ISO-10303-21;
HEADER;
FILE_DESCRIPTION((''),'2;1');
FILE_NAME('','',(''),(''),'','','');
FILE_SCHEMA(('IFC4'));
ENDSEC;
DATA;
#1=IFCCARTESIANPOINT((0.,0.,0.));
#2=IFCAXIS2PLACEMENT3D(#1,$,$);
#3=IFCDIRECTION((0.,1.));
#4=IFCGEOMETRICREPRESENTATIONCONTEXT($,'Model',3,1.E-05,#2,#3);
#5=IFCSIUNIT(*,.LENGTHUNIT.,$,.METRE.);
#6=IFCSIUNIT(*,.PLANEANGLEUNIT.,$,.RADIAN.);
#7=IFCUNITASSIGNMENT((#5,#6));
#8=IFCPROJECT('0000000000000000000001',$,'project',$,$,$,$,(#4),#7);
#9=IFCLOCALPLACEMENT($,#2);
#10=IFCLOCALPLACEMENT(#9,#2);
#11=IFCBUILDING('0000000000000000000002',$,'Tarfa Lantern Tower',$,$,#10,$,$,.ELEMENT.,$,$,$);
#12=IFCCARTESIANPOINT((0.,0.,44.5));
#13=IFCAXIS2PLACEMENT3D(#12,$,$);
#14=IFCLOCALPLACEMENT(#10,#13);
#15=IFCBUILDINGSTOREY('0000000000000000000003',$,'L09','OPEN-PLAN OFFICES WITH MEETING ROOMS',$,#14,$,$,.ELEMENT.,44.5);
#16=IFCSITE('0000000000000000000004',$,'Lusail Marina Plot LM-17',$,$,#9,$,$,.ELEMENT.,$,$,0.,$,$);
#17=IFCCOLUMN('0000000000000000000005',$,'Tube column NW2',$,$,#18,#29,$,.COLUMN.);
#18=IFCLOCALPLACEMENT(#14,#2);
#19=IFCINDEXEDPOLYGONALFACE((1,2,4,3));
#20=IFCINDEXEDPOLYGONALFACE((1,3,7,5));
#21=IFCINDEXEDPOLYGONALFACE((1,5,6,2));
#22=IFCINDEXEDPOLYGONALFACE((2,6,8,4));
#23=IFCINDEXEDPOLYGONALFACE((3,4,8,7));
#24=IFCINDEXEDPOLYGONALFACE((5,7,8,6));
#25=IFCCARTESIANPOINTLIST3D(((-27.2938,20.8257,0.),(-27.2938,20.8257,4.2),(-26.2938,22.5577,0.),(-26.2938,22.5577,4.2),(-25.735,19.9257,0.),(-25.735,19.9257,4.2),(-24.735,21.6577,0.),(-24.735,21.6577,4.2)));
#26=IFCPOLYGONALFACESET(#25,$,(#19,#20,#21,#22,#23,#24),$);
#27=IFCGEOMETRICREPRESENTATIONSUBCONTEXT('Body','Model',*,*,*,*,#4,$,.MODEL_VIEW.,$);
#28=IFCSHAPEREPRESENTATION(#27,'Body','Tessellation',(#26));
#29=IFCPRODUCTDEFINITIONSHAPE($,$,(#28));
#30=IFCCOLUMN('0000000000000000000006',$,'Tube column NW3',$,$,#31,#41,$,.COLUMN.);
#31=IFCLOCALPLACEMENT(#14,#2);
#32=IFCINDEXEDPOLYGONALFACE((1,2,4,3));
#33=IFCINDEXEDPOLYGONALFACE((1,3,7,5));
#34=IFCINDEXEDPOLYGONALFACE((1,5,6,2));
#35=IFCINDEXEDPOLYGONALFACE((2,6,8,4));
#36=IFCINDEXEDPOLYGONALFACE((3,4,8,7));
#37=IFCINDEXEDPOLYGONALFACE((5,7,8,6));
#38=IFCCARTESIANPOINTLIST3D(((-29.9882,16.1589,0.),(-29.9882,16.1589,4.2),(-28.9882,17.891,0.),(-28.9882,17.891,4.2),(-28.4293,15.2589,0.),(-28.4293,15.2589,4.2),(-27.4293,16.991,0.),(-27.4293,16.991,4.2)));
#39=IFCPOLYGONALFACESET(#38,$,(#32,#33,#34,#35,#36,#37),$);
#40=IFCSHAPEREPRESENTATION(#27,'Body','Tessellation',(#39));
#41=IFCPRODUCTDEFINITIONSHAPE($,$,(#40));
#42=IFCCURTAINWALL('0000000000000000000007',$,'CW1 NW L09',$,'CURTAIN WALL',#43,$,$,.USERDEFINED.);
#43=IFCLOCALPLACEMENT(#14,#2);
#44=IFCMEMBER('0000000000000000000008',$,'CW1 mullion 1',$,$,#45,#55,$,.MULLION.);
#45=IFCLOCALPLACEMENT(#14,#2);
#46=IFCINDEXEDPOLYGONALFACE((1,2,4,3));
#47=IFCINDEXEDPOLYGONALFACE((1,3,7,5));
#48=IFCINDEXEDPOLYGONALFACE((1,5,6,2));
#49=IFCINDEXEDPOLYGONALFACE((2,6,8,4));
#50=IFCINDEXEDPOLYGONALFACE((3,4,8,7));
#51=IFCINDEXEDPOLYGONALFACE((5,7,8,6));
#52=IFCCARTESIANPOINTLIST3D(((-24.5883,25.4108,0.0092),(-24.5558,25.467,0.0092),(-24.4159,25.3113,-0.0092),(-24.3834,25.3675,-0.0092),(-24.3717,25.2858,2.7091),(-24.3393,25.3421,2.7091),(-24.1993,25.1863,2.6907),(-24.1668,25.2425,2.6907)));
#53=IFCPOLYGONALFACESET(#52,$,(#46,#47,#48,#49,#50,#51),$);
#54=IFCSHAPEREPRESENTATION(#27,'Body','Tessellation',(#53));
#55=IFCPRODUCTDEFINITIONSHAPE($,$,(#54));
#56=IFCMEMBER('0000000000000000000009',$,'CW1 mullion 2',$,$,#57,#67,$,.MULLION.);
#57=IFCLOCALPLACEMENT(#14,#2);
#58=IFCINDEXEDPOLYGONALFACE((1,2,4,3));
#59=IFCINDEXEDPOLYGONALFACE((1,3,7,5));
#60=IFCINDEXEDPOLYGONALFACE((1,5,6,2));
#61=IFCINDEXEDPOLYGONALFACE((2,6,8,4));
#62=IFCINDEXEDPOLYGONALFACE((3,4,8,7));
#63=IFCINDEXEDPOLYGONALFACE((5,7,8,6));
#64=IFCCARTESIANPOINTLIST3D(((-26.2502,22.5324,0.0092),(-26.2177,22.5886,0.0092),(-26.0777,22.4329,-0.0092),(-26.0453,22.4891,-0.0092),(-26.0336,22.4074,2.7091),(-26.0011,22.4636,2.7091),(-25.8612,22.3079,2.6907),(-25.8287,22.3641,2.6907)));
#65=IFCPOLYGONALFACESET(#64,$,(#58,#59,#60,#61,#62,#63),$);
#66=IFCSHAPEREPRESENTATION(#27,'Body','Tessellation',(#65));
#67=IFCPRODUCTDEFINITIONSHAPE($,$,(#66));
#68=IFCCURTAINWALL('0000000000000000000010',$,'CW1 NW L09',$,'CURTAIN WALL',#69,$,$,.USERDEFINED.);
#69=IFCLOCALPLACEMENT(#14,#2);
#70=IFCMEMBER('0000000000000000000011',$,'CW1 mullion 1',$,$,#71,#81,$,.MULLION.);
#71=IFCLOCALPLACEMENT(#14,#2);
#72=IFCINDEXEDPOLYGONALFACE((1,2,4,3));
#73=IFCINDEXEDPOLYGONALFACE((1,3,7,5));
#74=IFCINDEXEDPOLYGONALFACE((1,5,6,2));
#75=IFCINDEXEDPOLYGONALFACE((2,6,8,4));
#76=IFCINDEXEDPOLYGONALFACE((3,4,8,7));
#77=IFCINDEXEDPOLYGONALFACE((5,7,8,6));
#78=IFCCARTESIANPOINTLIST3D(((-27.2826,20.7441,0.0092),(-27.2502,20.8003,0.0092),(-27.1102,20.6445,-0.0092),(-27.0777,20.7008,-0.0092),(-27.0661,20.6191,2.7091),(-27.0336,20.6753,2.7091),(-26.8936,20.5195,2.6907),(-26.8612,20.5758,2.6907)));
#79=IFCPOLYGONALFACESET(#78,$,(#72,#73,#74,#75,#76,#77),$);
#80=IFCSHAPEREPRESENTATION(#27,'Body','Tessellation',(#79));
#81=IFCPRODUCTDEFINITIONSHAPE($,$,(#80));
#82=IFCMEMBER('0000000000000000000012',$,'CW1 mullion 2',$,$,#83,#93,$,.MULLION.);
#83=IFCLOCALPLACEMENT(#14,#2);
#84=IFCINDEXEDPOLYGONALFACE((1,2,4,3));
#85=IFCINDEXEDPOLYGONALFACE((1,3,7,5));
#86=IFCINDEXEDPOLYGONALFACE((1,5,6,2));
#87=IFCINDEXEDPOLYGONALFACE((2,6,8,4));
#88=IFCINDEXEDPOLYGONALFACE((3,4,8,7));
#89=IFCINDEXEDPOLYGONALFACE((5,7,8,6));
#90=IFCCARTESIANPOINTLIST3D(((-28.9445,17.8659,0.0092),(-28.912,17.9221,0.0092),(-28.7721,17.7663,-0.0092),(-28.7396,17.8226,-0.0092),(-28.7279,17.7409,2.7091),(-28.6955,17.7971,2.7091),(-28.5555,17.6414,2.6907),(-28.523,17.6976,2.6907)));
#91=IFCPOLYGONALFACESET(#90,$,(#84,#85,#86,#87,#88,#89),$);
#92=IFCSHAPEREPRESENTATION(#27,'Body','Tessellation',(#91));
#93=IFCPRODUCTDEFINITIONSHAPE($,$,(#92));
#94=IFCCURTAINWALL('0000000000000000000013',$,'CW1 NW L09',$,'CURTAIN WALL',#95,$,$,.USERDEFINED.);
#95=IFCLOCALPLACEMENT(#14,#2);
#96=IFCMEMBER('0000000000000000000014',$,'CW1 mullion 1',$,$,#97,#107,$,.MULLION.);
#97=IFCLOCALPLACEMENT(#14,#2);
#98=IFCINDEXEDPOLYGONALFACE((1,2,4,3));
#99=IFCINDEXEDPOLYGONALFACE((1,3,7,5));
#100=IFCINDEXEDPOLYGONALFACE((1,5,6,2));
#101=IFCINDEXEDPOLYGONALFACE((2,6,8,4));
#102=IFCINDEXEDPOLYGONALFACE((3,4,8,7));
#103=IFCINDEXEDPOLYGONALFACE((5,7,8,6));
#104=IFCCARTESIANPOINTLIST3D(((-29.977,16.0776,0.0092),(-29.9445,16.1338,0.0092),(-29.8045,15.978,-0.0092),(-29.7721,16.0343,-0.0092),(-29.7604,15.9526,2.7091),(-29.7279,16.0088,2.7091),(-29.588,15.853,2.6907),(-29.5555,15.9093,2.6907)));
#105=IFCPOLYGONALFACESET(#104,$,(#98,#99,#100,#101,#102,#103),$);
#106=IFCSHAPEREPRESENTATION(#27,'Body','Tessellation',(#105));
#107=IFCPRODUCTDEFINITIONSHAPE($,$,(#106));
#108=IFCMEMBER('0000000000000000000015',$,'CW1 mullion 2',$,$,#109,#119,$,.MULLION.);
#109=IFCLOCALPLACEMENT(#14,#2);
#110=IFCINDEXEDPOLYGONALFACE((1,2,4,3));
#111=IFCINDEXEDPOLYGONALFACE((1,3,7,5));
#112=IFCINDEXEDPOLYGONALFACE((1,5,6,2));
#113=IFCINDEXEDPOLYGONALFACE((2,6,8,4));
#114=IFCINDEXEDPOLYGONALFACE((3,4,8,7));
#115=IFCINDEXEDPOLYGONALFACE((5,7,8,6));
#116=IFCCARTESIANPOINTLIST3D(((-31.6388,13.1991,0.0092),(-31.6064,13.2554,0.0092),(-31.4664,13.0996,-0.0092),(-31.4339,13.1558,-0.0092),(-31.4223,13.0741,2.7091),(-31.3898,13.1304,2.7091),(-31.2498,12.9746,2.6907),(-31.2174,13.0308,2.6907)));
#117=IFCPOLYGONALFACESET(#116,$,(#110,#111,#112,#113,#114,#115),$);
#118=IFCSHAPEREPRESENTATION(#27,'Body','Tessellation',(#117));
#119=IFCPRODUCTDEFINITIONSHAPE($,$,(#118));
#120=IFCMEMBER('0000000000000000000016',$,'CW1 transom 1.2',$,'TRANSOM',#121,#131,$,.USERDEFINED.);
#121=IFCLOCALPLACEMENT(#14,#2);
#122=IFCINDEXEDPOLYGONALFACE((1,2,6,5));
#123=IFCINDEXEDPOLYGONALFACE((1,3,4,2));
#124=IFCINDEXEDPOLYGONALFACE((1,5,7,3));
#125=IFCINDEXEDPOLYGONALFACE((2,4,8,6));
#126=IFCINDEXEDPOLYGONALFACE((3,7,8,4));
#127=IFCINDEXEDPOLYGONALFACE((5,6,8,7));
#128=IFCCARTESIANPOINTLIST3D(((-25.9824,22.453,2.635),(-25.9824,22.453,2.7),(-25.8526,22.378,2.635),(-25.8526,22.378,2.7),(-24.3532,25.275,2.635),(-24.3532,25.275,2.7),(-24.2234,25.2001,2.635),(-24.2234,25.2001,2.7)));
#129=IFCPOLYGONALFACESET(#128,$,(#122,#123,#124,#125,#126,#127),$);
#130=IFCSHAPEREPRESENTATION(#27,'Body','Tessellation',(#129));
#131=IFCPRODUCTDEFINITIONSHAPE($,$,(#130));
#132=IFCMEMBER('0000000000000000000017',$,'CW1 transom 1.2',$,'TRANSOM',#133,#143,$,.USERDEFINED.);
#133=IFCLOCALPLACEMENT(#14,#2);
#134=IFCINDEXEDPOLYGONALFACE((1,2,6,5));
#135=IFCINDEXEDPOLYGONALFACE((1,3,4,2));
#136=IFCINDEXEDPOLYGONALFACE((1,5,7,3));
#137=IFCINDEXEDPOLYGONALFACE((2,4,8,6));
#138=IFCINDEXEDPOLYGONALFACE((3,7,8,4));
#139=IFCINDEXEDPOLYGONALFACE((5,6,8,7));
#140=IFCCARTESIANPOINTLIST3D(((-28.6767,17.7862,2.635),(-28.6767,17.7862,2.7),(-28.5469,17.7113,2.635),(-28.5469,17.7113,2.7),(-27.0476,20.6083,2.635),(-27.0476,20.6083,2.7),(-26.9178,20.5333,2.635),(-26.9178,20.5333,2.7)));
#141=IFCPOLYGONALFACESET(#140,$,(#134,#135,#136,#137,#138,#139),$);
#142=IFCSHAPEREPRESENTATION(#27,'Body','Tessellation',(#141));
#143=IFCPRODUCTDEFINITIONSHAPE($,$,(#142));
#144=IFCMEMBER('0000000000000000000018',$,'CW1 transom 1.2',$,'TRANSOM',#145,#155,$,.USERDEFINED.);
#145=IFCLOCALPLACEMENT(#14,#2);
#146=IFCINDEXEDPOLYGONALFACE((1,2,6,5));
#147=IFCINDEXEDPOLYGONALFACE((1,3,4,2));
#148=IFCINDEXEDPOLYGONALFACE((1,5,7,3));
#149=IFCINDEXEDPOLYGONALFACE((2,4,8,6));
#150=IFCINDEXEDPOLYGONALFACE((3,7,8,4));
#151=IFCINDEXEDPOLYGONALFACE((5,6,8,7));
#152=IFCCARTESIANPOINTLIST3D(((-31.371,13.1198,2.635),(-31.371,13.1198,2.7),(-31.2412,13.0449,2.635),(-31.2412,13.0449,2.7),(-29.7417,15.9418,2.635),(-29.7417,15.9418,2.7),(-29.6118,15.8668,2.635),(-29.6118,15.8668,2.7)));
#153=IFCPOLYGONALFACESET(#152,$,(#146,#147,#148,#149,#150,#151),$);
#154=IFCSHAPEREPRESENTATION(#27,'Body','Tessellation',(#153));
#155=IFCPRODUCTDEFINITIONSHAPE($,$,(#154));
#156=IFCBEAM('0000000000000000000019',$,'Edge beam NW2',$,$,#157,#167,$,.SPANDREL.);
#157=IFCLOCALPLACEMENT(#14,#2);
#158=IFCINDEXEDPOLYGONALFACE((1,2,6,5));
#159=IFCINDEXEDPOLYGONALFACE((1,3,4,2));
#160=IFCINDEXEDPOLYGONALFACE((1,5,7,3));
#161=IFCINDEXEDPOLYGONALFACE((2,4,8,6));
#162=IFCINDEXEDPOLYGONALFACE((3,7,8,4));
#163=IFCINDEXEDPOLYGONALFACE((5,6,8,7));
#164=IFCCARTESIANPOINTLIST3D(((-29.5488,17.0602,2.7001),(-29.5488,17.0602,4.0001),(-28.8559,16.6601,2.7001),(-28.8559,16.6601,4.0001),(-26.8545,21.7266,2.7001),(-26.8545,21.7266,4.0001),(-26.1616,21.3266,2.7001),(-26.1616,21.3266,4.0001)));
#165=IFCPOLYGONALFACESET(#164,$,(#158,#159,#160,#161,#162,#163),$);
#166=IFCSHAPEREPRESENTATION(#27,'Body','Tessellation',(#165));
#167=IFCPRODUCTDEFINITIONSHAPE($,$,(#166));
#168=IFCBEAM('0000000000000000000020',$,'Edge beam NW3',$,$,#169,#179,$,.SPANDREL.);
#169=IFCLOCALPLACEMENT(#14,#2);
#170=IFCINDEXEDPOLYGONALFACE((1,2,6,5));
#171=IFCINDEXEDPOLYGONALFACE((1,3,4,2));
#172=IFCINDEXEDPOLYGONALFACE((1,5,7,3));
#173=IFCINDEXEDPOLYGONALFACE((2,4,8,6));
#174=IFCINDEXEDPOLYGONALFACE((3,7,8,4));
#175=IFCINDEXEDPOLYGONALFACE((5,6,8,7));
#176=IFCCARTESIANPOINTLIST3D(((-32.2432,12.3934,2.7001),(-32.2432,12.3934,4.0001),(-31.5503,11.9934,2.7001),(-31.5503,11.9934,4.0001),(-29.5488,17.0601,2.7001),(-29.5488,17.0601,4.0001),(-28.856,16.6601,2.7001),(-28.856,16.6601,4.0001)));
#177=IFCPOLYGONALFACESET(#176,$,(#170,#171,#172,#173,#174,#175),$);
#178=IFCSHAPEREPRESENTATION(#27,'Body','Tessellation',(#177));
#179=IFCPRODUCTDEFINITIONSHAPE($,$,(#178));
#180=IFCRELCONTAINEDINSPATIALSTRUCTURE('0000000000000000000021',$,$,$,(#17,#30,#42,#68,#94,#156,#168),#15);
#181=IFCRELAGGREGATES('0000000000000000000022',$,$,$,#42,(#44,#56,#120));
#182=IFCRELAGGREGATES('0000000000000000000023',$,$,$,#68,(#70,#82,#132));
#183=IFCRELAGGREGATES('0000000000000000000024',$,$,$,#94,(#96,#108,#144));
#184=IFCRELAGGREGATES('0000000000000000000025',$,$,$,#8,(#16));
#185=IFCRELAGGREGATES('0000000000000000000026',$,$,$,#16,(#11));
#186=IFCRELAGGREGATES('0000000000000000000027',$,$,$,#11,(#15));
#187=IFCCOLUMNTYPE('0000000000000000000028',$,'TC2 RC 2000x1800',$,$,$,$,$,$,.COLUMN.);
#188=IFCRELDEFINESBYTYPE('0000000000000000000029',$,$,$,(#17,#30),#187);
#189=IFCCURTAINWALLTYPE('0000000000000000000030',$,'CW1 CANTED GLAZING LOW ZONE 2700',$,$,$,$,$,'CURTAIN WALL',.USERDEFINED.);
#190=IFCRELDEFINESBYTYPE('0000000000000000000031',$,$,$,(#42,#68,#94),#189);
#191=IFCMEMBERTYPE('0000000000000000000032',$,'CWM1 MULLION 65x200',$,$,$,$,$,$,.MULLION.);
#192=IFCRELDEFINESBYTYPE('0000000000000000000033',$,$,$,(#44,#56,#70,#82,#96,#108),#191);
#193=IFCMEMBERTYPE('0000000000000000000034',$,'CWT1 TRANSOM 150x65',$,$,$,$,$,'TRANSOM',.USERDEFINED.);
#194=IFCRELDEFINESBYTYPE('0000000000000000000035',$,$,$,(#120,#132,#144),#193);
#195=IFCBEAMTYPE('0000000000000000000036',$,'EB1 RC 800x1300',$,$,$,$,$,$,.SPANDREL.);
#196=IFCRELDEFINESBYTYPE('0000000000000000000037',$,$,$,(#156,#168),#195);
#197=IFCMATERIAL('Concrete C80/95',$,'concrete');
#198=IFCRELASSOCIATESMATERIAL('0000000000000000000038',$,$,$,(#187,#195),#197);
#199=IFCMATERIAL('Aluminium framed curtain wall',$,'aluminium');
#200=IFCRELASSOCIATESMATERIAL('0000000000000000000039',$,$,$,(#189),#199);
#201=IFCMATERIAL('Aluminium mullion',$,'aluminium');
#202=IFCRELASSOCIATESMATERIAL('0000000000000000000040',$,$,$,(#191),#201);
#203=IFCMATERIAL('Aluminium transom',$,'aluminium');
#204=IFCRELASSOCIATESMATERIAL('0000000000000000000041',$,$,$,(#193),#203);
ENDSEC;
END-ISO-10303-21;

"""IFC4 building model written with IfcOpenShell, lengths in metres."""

from ifc_helpers import new_model, si_unit, direction, frame, origin, origin_2d, place, context, subcontext, project, spatial, rectangle, extrude, material, material_profile, profile_set, type_object, element, aggregate, save


model = new_model("IFC4")

# Units and contexts
model_context = context("Model", 3, precision=1e-05, world=origin(), true_north=direction((0.0, 1.0)))
body_context = subcontext(model_context, "Body", "Model", "MODEL_VIEW")
ifc_project = project(units=[si_unit("LENGTHUNIT", "METRE"), si_unit("PLANEANGLEUNIT", "RADIAN")], contexts=[model_context])

# Site, building, storey
site_placement = place(None, origin())
site = spatial("IfcSite", under=ifc_project, at=site_placement, Name="Lusail Marina Plot LM-17", CompositionType="ELEMENT", RefElevation=0.0)
building_placement = place(site_placement, origin())
building = spatial("IfcBuilding", under=site, at=building_placement, Name="Tarfa Lantern Tower", CompositionType="ELEMENT")
storey_placement = place(building_placement, frame((0.0, 0.0, 44.5)))
storey = spatial("IfcBuildingStorey", under=building, at=storey_placement, Name="L09", Description="OPEN-PLAN OFFICES WITH MEETING ROOMS", CompositionType="ELEMENT", Elevation=44.5)

# Columns
ifc_material_1 = material(Name="Concrete C80/95", Category="concrete")
ifc_material_profile_1 = material_profile(ifc_material_1, rectangle(XDim=2.0, YDim=1.8, at=origin_2d()), Name="RC 2000x1800")
ifc_profile_set_1 = profile_set([ifc_material_profile_1], Name="Concrete C80/95")
column_type = type_object("IfcColumnType", Name="TC2 RC 2000x1800", PredefinedType="COLUMN", material=ifc_profile_set_1)
for number, where, z_axis, x_axis, name in (
    (1, (-26.0144, 21.2417, 0.0), (0.0, 0.0, 1.0), (-0.5, -0.866025, 0.0), "Tube column NW2"),
    (2, (-28.7087, 16.575, 0.0), (0.0, 0.0, 1.0), (-0.5, -0.866025, 0.0), "Tube column NW3"),
):
    element("IfcColumn", number, at=place(storey_placement, frame(where, z_axis=z_axis, x_axis=x_axis)), inside=storey, type_object=column_type, Name=name, PredefinedType="COLUMN", context=body_context, shape_type="SweptSolid", body=[
        extrude(rectangle(XDim=2.0, YDim=1.8, at=origin_2d()), origin(), (0.0, 0.0, 1.0), 4.2),
    ])

# Curtain walls, members
ifc_material_2 = material(Name="Aluminium framed curtain wall", Category="aluminium")
curtain_wall_type = type_object("IfcCurtainWallType", Name="CW1 CANTED GLAZING LOW ZONE 2700", ElementType="CURTAIN WALL", PredefinedType="USERDEFINED", material=ifc_material_2)
curtain_wall_1_placement = place(storey_placement, origin())
curtain_wall_1 = element("IfcCurtainWall", 3, at=curtain_wall_1_placement, inside=storey, type_object=curtain_wall_type, Name="CW1 NW L09", ObjectType="CURTAIN WALL", PredefinedType="USERDEFINED")
ifc_material_3 = material(Name="Aluminium mullion", Category="aluminium")
ifc_material_profile_2 = material_profile(ifc_material_3, rectangle(XDim=0.0649, YDim=0.2, at=origin_2d()), Name="AL MULLION 65x200")
ifc_profile_set_2 = profile_set([ifc_material_profile_2], Name="Aluminium mullion")
member_type_1 = type_object("IfcMemberType", Name="CWM1 MULLION 65x200", PredefinedType="MULLION", material=ifc_profile_set_2)
member_1_placement = place(storey_placement, frame((-24.4858, 25.3892, 0.0), z_axis=(0.079864, -0.0461, 0.995739), x_axis=(0.49992, 0.866072, 0.0)))
member_1 = element("IfcMember", 4, at=member_1_placement, type_object=member_type_1, Name="CW1 mullion 1", PredefinedType="MULLION", context=body_context, shape_type="SweptSolid", body=[
    extrude(rectangle(XDim=0.0649, YDim=0.2, at=origin_2d()), origin(), (0.0, 0.0, 1.0), 2.7114),
])
member_2_placement = place(storey_placement, frame((-26.1477, 22.5107, 0.0), z_axis=(0.079864, -0.0461, 0.995739), x_axis=(0.49992, 0.866072, 0.0)))
member_2 = element("IfcMember", 5, at=member_2_placement, type_object=member_type_1, Name="CW1 mullion 2", PredefinedType="MULLION", context=body_context, shape_type="SweptSolid", body=[
    extrude(rectangle(XDim=0.0649, YDim=0.2, at=origin_2d()), origin(), (0.0, 0.0, 1.0), 2.7114),
])
curtain_wall_2_placement = place(storey_placement, origin())
curtain_wall_2 = element("IfcCurtainWall", 6, at=curtain_wall_2_placement, inside=storey, type_object=curtain_wall_type, Name="CW1 NW L09", ObjectType="CURTAIN WALL", PredefinedType="USERDEFINED")
member_3_placement = place(storey_placement, frame((-27.1802, 20.7224, 0.0), z_axis=(0.079864, -0.0461, 0.995739), x_axis=(0.49992, 0.866072, 0.0)))
member_3 = element("IfcMember", 7, at=member_3_placement, type_object=member_type_1, Name="CW1 mullion 1", PredefinedType="MULLION", context=body_context, shape_type="SweptSolid", body=[
    extrude(rectangle(XDim=0.0649, YDim=0.2, at=origin_2d()), origin(), (0.0, 0.0, 1.0), 2.7114),
])
member_4_placement = place(storey_placement, frame((-28.842, 17.8442, 0.0), z_axis=(0.079864, -0.0461, 0.995739), x_axis=(0.49992, 0.866072, 0.0)))
member_4 = element("IfcMember", 8, at=member_4_placement, type_object=member_type_1, Name="CW1 mullion 2", PredefinedType="MULLION", context=body_context, shape_type="SweptSolid", body=[
    extrude(rectangle(XDim=0.0649, YDim=0.2, at=origin_2d()), origin(), (0.0, 0.0, 1.0), 2.7114),
])
curtain_wall_3_placement = place(storey_placement, origin())
curtain_wall_3 = element("IfcCurtainWall", 9, at=curtain_wall_3_placement, inside=storey, type_object=curtain_wall_type, Name="CW1 NW L09", ObjectType="CURTAIN WALL", PredefinedType="USERDEFINED")
member_5_placement = place(storey_placement, frame((-29.8745, 16.0559, 0.0), z_axis=(0.079864, -0.0461, 0.995739), x_axis=(0.49992, 0.866072, 0.0)))
member_5 = element("IfcMember", 10, at=member_5_placement, type_object=member_type_1, Name="CW1 mullion 1", PredefinedType="MULLION", context=body_context, shape_type="SweptSolid", body=[
    extrude(rectangle(XDim=0.0649, YDim=0.2, at=origin_2d()), origin(), (0.0, 0.0, 1.0), 2.7114),
])
member_6_placement = place(storey_placement, frame((-31.5364, 13.1775, 0.0), z_axis=(0.079864, -0.0461, 0.995739), x_axis=(0.49992, 0.866072, 0.0)))
member_6 = element("IfcMember", 11, at=member_6_placement, type_object=member_type_1, Name="CW1 mullion 2", PredefinedType="MULLION", context=body_context, shape_type="SweptSolid", body=[
    extrude(rectangle(XDim=0.0649, YDim=0.2, at=origin_2d()), origin(), (0.0, 0.0, 1.0), 2.7114),
])

# Members
ifc_material_4 = material(Name="Aluminium transom", Category="aluminium")
ifc_material_profile_3 = material_profile(ifc_material_4, rectangle(XDim=0.1499, YDim=0.0649, at=origin_2d()), Name="AL TRANSOM 150x65")
ifc_profile_set_3 = profile_set([ifc_material_profile_3], Name="Aluminium transom")
member_type_2 = type_object("IfcMemberType", Name="CWT1 TRANSOM 150x65", ElementType="TRANSOM", PredefinedType="USERDEFINED", material=ifc_profile_set_3)
member_7_placement = place(storey_placement, frame((-24.2883, 25.2375, 2.6675), z_axis=(-0.499967, -0.866045, 0.0), x_axis=(0.866045, -0.499967, 0.0)))
member_7 = element("IfcMember", 12, at=member_7_placement, type_object=member_type_2, Name="CW1 transom 1.2", ObjectType="TRANSOM", PredefinedType="USERDEFINED", context=body_context, shape_type="SweptSolid", body=[
    extrude(rectangle(XDim=0.1499, YDim=0.0649, at=origin_2d()), origin(), (0.0, 0.0, 1.0), 3.2585),
])
member_8_placement = place(storey_placement, frame((-26.9827, 20.5708, 2.6675), z_axis=(-0.499967, -0.866045, 0.0), x_axis=(0.866045, -0.499967, 0.0)))
member_8 = element("IfcMember", 13, at=member_8_placement, type_object=member_type_2, Name="CW1 transom 1.2", ObjectType="TRANSOM", PredefinedType="USERDEFINED", context=body_context, shape_type="SweptSolid", body=[
    extrude(rectangle(XDim=0.1499, YDim=0.0649, at=origin_2d()), origin(), (0.0, 0.0, 1.0), 3.2585),
])
member_9_placement = place(storey_placement, frame((-29.6768, 15.9043, 2.6675), z_axis=(-0.500023, -0.866012, 0.0), x_axis=(0.866012, -0.500023, 0.0)))
member_9 = element("IfcMember", 14, at=member_9_placement, type_object=member_type_2, Name="CW1 transom 1.2", ObjectType="TRANSOM", PredefinedType="USERDEFINED", context=body_context, shape_type="SweptSolid", body=[
    extrude(rectangle(XDim=0.1499, YDim=0.0649, at=origin_2d()), origin(), (0.0, 0.0, 1.0), 3.2585),
])

# Beams
ifc_material_profile_4 = material_profile(ifc_material_1, rectangle(XDim=0.8, YDim=1.3, at=origin_2d()), Name="RC 800x1300")
ifc_profile_set_4 = profile_set([ifc_material_profile_4], Name="Concrete C80/95")
beam_type_1 = type_object("IfcBeamType", Name="EB1 RC 800x1300", PredefinedType="SPANDREL", material=ifc_profile_set_4)
beam_1_placement = place(storey_placement, frame((-26.5081, 21.5266, 3.3501), z_axis=(-0.500018, -0.866015, 0.0), x_axis=(0.866015, -0.500018, 0.0)))
element("IfcBeam", 15, at=beam_1_placement, inside=storey, type_object=beam_type_1, Name="Edge beam NW2", PredefinedType="SPANDREL", context=body_context, shape_type="SweptSolid", body=[
    extrude(rectangle(XDim=0.8, YDim=1.3, at=origin_2d()), origin(), (0.0, 0.0, 1.0), 5.3884),
])
beam_2_placement = place(storey_placement, frame((-29.2024, 16.8601, 3.3501), z_axis=(-0.499998, -0.866026, 0.0), x_axis=(0.866026, -0.499998, 0.0)))
element("IfcBeam", 16, at=beam_2_placement, inside=storey, type_object=beam_type_1, Name="Edge beam NW3", PredefinedType="SPANDREL", context=body_context, shape_type="SweptSolid", body=[
    extrude(rectangle(XDim=0.8, YDim=1.3, at=origin_2d()), origin(), (0.0, 0.0, 1.0), 5.3887),
])

aggregate(curtain_wall_1, [member_1, member_2, member_7])
aggregate(curtain_wall_2, [member_3, member_4, member_8])
aggregate(curtain_wall_3, [member_5, member_6, member_9])

save(model, "model.ifc")
